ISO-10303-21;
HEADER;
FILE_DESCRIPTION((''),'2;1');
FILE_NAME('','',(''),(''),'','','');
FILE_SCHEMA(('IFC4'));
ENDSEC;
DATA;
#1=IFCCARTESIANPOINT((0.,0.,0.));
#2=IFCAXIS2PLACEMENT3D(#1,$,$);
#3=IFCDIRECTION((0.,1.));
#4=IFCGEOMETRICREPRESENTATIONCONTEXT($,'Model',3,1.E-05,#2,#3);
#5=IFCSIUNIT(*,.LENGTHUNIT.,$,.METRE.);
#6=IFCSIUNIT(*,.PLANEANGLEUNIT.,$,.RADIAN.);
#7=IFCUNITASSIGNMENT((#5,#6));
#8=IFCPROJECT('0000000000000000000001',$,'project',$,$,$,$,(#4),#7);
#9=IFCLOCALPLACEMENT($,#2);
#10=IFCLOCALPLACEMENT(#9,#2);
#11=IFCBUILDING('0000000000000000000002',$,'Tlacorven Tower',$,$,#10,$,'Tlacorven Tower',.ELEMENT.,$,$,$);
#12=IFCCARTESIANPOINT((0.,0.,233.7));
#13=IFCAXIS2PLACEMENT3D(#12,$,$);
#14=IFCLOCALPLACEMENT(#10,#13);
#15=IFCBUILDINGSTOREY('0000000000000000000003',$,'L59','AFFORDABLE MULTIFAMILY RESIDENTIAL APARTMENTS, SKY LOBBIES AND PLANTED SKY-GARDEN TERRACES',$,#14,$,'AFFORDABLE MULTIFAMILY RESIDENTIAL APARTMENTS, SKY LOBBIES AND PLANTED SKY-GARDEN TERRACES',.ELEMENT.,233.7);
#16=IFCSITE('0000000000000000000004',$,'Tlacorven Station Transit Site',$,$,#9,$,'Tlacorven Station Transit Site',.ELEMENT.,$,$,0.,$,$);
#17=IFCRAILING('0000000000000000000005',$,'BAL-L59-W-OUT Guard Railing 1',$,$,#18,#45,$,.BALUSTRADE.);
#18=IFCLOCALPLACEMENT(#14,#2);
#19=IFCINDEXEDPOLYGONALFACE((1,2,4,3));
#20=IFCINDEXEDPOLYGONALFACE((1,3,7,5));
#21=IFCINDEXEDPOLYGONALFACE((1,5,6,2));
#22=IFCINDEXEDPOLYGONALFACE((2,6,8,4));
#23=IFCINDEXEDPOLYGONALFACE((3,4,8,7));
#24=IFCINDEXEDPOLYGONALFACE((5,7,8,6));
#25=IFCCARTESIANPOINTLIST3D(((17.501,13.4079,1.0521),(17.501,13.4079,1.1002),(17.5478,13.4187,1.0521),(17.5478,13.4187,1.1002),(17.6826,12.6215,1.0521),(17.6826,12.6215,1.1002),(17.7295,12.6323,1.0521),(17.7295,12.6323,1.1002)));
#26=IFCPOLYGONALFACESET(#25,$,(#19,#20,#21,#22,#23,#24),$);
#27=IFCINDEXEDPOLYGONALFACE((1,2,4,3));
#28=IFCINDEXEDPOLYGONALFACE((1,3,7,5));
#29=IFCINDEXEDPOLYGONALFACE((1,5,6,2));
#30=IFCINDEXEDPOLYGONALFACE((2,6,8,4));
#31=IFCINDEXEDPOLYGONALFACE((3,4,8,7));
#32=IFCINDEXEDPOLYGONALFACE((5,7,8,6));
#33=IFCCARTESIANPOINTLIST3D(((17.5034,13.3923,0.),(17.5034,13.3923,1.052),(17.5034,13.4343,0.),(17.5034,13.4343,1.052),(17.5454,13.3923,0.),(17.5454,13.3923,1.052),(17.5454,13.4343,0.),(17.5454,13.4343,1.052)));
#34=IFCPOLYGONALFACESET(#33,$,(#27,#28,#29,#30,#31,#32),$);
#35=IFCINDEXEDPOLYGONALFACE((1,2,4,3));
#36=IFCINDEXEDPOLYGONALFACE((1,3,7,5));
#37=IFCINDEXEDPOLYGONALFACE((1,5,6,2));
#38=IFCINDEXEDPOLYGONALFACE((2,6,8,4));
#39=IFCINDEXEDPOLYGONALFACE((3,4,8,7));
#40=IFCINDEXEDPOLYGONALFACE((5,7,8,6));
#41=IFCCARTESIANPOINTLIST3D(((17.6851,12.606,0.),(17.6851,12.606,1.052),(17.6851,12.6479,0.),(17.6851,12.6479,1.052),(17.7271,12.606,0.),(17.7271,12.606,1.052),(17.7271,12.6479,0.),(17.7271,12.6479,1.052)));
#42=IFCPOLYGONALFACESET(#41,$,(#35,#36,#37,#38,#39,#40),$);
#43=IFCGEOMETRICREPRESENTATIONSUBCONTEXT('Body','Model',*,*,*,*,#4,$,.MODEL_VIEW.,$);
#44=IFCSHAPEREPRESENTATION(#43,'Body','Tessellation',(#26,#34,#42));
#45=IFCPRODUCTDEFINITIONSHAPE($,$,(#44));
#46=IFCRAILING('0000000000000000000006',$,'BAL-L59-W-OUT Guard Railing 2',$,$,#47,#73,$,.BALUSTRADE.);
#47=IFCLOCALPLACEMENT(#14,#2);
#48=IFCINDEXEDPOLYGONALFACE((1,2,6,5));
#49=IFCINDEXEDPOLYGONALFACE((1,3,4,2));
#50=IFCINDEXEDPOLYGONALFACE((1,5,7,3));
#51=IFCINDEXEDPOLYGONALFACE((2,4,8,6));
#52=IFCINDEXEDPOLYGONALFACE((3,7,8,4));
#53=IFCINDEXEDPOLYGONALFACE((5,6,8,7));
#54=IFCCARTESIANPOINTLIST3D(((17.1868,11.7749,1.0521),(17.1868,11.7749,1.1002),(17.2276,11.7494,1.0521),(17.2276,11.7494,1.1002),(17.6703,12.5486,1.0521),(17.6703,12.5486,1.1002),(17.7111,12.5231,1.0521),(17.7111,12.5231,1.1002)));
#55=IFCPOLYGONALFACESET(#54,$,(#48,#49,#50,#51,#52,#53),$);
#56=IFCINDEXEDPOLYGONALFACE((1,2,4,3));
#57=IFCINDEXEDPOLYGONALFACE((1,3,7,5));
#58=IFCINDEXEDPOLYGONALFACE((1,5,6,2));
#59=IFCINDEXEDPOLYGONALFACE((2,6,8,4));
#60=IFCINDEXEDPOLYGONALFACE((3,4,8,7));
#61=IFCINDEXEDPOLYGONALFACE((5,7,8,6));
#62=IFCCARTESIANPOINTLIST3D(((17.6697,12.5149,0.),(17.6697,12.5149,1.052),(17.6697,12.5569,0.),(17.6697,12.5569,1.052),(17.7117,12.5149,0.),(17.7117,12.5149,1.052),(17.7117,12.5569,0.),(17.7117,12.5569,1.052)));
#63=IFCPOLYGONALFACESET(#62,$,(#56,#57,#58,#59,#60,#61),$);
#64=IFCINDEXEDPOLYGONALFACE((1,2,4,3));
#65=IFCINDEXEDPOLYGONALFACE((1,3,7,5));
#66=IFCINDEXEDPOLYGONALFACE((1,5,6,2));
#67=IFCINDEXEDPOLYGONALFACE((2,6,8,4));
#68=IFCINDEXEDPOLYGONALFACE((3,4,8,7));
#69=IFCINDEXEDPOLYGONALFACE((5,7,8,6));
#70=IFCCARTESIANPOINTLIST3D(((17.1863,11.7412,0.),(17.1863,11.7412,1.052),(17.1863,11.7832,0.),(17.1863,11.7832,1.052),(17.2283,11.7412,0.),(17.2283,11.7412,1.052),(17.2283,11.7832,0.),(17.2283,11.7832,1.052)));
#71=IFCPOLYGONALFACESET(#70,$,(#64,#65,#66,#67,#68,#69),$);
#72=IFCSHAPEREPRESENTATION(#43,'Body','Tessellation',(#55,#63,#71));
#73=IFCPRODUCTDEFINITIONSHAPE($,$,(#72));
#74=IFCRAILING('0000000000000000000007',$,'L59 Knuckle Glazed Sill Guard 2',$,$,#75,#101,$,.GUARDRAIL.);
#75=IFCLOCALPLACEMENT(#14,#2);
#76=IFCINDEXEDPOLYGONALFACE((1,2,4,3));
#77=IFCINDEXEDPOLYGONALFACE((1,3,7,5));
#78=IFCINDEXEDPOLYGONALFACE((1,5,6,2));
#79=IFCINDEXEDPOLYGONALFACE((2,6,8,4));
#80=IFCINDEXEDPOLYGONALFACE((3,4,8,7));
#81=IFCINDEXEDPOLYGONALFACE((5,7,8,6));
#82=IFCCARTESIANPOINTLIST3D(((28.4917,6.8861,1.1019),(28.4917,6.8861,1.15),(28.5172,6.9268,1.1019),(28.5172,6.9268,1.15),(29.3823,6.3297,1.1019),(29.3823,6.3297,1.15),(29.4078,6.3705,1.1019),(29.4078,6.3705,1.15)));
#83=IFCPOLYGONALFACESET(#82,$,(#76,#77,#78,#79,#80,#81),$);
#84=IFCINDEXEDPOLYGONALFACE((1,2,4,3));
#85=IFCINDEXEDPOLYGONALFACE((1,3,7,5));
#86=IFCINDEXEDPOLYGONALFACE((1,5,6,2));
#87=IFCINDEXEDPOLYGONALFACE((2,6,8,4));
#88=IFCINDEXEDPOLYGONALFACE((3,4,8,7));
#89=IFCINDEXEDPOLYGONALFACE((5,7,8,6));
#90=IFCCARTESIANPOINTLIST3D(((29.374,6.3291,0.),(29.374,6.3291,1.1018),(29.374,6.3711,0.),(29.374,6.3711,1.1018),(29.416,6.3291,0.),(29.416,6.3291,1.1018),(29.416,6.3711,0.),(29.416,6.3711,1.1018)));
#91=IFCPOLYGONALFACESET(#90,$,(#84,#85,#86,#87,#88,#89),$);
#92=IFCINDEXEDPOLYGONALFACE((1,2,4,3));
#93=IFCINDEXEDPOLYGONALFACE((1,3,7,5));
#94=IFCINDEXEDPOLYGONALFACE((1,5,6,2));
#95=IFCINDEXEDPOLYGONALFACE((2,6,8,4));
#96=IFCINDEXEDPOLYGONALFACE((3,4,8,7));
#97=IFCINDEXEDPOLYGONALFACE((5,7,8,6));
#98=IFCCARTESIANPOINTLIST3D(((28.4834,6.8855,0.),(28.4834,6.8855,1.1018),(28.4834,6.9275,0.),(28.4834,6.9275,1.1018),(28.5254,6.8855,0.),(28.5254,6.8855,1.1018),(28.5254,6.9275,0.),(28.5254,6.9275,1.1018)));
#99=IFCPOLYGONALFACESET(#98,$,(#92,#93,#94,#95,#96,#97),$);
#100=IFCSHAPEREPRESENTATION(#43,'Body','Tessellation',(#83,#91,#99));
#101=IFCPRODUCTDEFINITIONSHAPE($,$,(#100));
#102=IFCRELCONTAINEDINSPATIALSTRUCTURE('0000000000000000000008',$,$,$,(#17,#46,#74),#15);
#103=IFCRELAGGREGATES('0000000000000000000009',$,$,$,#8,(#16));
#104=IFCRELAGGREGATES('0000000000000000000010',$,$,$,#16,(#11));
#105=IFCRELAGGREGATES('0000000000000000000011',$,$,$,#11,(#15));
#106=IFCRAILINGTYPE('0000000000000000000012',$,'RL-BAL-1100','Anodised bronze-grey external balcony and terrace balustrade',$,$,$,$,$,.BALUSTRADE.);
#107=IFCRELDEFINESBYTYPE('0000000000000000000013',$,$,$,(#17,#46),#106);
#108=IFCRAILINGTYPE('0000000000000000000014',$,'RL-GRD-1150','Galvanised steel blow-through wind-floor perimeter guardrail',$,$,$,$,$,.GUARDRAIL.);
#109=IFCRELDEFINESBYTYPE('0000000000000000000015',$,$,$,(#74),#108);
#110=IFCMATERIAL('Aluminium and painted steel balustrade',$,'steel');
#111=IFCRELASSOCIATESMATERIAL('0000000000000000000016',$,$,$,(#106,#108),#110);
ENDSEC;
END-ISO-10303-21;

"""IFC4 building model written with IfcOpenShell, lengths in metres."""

from ifc_helpers import new_model, si_unit, direction, frame, origin, origin_2d, place, context, subcontext, project, spatial, rectangle, extrude, source, transform, mapped, material, type_object, element, save


model = new_model("IFC4")

# Units and contexts
model_context = context("Model", 3, precision=1e-05, world=origin(), true_north=direction((0.0, 1.0)))
body_context = subcontext(model_context, "Body", "Model", "MODEL_VIEW")
ifc_project = project(units=[si_unit("LENGTHUNIT", "METRE"), si_unit("PLANEANGLEUNIT", "RADIAN")], contexts=[model_context])

# Site, building, storey
site_placement = place(None, origin())
site = spatial("IfcSite", under=ifc_project, at=site_placement, Name="Tlacorven Station Transit Site", LongName="Tlacorven Station Transit Site", CompositionType="ELEMENT", RefElevation=0.0)
building_placement = place(site_placement, origin())
building = spatial("IfcBuilding", under=site, at=building_placement, Name="Tlacorven Tower", LongName="Tlacorven Tower", CompositionType="ELEMENT")
storey_placement = place(building_placement, frame((0.0, 0.0, 233.7)))
storey = spatial("IfcBuildingStorey", under=building, at=storey_placement, Name="L59", Description="AFFORDABLE MULTIFAMILY RESIDENTIAL APARTMENTS, SKY LOBBIES AND PLANTED SKY-GARDEN TERRACES", LongName="AFFORDABLE MULTIFAMILY RESIDENTIAL APARTMENTS, SKY LOBBIES AND PLANTED SKY-GARDEN TERRACES", CompositionType="ELEMENT", Elevation=233.7)

# Railings
ifc_material_1 = material(Name="Aluminium and painted steel balustrade", Category="steel")
railing_type_1 = type_object("IfcRailingType", Name="RL-BAL-1100", Description="Anodised bronze-grey external balcony and terrace balustrade", PredefinedType="BALUSTRADE", material=ifc_material_1)
shared_shape_1 = source(origin(), body_context, "Body", "SweptSolid", [
    extrude(rectangle(XDim=0.0481, YDim=0.0481, at=origin_2d()), frame((0.0, 0.0, 1.0762), z_axis=(0.225058, -0.974345, 0.0), x_axis=(0.974345, 0.225058, 0.0)), (0.0, 0.0, 1.0), 0.8071),
    extrude(rectangle(XDim=0.042, YDim=0.042, at=origin_2d()), origin(), (0.0, 0.0, 1.0), 1.052),
    extrude(rectangle(XDim=0.042, YDim=0.042, at=origin_2d()), frame((0.1816, -0.7864, 0.0)), (0.0, 0.0, 1.0), 1.052),
])
railing_1_placement = place(storey_placement, frame((17.5244, 13.4133, 0.0)))
element("IfcRailing", 1, at=railing_1_placement, inside=storey, type_object=railing_type_1, Name="BAL-L59-W-OUT Guard Railing 1", PredefinedType="BALUSTRADE", context=body_context, shape_type="MappedRepresentation", body=[
    mapped(shared_shape_1, transform((0.0, 0.0, 0.0), scale=1.0)),
])
shared_shape_2 = source(origin(), body_context, "Body", "SweptSolid", [
    extrude(rectangle(XDim=0.0481, YDim=0.0481, at=origin_2d()), frame((0.0, 0.0, 1.0762), z_axis=(-0.529879, -0.848073, 0.0), x_axis=(0.848073, -0.529879, 0.0)), (0.0, 0.0, 1.0), 0.9124),
    extrude(rectangle(XDim=0.042, YDim=0.042, at=origin_2d()), origin(), (0.0, 0.0, 1.0), 1.052),
    extrude(rectangle(XDim=0.042, YDim=0.042, at=origin_2d()), frame((-0.4834, -0.7737, 0.0)), (0.0, 0.0, 1.0), 1.052),
])
railing_2_placement = place(storey_placement, frame((17.6907, 12.5359, 0.0)))
element("IfcRailing", 2, at=railing_2_placement, inside=storey, type_object=railing_type_1, Name="BAL-L59-W-OUT Guard Railing 2", PredefinedType="BALUSTRADE", context=body_context, shape_type="MappedRepresentation", body=[
    mapped(shared_shape_2, transform((0.0, 0.0, 0.0), scale=1.0)),
])
railing_type_2 = type_object("IfcRailingType", Name="RL-GRD-1150", Description="Galvanised steel blow-through wind-floor perimeter guardrail", PredefinedType="GUARDRAIL", material=ifc_material_1)
shared_shape_3 = source(origin(), body_context, "Body", "SweptSolid", [
    extrude(rectangle(XDim=0.0481, YDim=0.0481, at=origin_2d()), frame((0.0, 0.0, 1.126), z_axis=(-0.848103, 0.529832, 0.0), x_axis=(-0.529832, -0.848103, 0.0)), (0.0, 0.0, 1.0), 1.05),
    extrude(rectangle(XDim=0.042, YDim=0.042, at=origin_2d()), origin(), (0.0, 0.0, 1.0), 1.1018),
    extrude(rectangle(XDim=0.042, YDim=0.042, at=origin_2d()), frame((-0.8906, 0.5564, 0.0)), (0.0, 0.0, 1.0), 1.1018),
])
railing_3_placement = place(storey_placement, frame((29.395, 6.3501, 0.0)))
element("IfcRailing", 3, at=railing_3_placement, inside=storey, type_object=railing_type_2, Name="L59 Knuckle Glazed Sill Guard 2", PredefinedType="GUARDRAIL", context=body_context, shape_type="MappedRepresentation", body=[
    mapped(shared_shape_3, transform((0.0, 0.0, 0.0), scale=1.0)),
])

save(model, "model.ifc")
